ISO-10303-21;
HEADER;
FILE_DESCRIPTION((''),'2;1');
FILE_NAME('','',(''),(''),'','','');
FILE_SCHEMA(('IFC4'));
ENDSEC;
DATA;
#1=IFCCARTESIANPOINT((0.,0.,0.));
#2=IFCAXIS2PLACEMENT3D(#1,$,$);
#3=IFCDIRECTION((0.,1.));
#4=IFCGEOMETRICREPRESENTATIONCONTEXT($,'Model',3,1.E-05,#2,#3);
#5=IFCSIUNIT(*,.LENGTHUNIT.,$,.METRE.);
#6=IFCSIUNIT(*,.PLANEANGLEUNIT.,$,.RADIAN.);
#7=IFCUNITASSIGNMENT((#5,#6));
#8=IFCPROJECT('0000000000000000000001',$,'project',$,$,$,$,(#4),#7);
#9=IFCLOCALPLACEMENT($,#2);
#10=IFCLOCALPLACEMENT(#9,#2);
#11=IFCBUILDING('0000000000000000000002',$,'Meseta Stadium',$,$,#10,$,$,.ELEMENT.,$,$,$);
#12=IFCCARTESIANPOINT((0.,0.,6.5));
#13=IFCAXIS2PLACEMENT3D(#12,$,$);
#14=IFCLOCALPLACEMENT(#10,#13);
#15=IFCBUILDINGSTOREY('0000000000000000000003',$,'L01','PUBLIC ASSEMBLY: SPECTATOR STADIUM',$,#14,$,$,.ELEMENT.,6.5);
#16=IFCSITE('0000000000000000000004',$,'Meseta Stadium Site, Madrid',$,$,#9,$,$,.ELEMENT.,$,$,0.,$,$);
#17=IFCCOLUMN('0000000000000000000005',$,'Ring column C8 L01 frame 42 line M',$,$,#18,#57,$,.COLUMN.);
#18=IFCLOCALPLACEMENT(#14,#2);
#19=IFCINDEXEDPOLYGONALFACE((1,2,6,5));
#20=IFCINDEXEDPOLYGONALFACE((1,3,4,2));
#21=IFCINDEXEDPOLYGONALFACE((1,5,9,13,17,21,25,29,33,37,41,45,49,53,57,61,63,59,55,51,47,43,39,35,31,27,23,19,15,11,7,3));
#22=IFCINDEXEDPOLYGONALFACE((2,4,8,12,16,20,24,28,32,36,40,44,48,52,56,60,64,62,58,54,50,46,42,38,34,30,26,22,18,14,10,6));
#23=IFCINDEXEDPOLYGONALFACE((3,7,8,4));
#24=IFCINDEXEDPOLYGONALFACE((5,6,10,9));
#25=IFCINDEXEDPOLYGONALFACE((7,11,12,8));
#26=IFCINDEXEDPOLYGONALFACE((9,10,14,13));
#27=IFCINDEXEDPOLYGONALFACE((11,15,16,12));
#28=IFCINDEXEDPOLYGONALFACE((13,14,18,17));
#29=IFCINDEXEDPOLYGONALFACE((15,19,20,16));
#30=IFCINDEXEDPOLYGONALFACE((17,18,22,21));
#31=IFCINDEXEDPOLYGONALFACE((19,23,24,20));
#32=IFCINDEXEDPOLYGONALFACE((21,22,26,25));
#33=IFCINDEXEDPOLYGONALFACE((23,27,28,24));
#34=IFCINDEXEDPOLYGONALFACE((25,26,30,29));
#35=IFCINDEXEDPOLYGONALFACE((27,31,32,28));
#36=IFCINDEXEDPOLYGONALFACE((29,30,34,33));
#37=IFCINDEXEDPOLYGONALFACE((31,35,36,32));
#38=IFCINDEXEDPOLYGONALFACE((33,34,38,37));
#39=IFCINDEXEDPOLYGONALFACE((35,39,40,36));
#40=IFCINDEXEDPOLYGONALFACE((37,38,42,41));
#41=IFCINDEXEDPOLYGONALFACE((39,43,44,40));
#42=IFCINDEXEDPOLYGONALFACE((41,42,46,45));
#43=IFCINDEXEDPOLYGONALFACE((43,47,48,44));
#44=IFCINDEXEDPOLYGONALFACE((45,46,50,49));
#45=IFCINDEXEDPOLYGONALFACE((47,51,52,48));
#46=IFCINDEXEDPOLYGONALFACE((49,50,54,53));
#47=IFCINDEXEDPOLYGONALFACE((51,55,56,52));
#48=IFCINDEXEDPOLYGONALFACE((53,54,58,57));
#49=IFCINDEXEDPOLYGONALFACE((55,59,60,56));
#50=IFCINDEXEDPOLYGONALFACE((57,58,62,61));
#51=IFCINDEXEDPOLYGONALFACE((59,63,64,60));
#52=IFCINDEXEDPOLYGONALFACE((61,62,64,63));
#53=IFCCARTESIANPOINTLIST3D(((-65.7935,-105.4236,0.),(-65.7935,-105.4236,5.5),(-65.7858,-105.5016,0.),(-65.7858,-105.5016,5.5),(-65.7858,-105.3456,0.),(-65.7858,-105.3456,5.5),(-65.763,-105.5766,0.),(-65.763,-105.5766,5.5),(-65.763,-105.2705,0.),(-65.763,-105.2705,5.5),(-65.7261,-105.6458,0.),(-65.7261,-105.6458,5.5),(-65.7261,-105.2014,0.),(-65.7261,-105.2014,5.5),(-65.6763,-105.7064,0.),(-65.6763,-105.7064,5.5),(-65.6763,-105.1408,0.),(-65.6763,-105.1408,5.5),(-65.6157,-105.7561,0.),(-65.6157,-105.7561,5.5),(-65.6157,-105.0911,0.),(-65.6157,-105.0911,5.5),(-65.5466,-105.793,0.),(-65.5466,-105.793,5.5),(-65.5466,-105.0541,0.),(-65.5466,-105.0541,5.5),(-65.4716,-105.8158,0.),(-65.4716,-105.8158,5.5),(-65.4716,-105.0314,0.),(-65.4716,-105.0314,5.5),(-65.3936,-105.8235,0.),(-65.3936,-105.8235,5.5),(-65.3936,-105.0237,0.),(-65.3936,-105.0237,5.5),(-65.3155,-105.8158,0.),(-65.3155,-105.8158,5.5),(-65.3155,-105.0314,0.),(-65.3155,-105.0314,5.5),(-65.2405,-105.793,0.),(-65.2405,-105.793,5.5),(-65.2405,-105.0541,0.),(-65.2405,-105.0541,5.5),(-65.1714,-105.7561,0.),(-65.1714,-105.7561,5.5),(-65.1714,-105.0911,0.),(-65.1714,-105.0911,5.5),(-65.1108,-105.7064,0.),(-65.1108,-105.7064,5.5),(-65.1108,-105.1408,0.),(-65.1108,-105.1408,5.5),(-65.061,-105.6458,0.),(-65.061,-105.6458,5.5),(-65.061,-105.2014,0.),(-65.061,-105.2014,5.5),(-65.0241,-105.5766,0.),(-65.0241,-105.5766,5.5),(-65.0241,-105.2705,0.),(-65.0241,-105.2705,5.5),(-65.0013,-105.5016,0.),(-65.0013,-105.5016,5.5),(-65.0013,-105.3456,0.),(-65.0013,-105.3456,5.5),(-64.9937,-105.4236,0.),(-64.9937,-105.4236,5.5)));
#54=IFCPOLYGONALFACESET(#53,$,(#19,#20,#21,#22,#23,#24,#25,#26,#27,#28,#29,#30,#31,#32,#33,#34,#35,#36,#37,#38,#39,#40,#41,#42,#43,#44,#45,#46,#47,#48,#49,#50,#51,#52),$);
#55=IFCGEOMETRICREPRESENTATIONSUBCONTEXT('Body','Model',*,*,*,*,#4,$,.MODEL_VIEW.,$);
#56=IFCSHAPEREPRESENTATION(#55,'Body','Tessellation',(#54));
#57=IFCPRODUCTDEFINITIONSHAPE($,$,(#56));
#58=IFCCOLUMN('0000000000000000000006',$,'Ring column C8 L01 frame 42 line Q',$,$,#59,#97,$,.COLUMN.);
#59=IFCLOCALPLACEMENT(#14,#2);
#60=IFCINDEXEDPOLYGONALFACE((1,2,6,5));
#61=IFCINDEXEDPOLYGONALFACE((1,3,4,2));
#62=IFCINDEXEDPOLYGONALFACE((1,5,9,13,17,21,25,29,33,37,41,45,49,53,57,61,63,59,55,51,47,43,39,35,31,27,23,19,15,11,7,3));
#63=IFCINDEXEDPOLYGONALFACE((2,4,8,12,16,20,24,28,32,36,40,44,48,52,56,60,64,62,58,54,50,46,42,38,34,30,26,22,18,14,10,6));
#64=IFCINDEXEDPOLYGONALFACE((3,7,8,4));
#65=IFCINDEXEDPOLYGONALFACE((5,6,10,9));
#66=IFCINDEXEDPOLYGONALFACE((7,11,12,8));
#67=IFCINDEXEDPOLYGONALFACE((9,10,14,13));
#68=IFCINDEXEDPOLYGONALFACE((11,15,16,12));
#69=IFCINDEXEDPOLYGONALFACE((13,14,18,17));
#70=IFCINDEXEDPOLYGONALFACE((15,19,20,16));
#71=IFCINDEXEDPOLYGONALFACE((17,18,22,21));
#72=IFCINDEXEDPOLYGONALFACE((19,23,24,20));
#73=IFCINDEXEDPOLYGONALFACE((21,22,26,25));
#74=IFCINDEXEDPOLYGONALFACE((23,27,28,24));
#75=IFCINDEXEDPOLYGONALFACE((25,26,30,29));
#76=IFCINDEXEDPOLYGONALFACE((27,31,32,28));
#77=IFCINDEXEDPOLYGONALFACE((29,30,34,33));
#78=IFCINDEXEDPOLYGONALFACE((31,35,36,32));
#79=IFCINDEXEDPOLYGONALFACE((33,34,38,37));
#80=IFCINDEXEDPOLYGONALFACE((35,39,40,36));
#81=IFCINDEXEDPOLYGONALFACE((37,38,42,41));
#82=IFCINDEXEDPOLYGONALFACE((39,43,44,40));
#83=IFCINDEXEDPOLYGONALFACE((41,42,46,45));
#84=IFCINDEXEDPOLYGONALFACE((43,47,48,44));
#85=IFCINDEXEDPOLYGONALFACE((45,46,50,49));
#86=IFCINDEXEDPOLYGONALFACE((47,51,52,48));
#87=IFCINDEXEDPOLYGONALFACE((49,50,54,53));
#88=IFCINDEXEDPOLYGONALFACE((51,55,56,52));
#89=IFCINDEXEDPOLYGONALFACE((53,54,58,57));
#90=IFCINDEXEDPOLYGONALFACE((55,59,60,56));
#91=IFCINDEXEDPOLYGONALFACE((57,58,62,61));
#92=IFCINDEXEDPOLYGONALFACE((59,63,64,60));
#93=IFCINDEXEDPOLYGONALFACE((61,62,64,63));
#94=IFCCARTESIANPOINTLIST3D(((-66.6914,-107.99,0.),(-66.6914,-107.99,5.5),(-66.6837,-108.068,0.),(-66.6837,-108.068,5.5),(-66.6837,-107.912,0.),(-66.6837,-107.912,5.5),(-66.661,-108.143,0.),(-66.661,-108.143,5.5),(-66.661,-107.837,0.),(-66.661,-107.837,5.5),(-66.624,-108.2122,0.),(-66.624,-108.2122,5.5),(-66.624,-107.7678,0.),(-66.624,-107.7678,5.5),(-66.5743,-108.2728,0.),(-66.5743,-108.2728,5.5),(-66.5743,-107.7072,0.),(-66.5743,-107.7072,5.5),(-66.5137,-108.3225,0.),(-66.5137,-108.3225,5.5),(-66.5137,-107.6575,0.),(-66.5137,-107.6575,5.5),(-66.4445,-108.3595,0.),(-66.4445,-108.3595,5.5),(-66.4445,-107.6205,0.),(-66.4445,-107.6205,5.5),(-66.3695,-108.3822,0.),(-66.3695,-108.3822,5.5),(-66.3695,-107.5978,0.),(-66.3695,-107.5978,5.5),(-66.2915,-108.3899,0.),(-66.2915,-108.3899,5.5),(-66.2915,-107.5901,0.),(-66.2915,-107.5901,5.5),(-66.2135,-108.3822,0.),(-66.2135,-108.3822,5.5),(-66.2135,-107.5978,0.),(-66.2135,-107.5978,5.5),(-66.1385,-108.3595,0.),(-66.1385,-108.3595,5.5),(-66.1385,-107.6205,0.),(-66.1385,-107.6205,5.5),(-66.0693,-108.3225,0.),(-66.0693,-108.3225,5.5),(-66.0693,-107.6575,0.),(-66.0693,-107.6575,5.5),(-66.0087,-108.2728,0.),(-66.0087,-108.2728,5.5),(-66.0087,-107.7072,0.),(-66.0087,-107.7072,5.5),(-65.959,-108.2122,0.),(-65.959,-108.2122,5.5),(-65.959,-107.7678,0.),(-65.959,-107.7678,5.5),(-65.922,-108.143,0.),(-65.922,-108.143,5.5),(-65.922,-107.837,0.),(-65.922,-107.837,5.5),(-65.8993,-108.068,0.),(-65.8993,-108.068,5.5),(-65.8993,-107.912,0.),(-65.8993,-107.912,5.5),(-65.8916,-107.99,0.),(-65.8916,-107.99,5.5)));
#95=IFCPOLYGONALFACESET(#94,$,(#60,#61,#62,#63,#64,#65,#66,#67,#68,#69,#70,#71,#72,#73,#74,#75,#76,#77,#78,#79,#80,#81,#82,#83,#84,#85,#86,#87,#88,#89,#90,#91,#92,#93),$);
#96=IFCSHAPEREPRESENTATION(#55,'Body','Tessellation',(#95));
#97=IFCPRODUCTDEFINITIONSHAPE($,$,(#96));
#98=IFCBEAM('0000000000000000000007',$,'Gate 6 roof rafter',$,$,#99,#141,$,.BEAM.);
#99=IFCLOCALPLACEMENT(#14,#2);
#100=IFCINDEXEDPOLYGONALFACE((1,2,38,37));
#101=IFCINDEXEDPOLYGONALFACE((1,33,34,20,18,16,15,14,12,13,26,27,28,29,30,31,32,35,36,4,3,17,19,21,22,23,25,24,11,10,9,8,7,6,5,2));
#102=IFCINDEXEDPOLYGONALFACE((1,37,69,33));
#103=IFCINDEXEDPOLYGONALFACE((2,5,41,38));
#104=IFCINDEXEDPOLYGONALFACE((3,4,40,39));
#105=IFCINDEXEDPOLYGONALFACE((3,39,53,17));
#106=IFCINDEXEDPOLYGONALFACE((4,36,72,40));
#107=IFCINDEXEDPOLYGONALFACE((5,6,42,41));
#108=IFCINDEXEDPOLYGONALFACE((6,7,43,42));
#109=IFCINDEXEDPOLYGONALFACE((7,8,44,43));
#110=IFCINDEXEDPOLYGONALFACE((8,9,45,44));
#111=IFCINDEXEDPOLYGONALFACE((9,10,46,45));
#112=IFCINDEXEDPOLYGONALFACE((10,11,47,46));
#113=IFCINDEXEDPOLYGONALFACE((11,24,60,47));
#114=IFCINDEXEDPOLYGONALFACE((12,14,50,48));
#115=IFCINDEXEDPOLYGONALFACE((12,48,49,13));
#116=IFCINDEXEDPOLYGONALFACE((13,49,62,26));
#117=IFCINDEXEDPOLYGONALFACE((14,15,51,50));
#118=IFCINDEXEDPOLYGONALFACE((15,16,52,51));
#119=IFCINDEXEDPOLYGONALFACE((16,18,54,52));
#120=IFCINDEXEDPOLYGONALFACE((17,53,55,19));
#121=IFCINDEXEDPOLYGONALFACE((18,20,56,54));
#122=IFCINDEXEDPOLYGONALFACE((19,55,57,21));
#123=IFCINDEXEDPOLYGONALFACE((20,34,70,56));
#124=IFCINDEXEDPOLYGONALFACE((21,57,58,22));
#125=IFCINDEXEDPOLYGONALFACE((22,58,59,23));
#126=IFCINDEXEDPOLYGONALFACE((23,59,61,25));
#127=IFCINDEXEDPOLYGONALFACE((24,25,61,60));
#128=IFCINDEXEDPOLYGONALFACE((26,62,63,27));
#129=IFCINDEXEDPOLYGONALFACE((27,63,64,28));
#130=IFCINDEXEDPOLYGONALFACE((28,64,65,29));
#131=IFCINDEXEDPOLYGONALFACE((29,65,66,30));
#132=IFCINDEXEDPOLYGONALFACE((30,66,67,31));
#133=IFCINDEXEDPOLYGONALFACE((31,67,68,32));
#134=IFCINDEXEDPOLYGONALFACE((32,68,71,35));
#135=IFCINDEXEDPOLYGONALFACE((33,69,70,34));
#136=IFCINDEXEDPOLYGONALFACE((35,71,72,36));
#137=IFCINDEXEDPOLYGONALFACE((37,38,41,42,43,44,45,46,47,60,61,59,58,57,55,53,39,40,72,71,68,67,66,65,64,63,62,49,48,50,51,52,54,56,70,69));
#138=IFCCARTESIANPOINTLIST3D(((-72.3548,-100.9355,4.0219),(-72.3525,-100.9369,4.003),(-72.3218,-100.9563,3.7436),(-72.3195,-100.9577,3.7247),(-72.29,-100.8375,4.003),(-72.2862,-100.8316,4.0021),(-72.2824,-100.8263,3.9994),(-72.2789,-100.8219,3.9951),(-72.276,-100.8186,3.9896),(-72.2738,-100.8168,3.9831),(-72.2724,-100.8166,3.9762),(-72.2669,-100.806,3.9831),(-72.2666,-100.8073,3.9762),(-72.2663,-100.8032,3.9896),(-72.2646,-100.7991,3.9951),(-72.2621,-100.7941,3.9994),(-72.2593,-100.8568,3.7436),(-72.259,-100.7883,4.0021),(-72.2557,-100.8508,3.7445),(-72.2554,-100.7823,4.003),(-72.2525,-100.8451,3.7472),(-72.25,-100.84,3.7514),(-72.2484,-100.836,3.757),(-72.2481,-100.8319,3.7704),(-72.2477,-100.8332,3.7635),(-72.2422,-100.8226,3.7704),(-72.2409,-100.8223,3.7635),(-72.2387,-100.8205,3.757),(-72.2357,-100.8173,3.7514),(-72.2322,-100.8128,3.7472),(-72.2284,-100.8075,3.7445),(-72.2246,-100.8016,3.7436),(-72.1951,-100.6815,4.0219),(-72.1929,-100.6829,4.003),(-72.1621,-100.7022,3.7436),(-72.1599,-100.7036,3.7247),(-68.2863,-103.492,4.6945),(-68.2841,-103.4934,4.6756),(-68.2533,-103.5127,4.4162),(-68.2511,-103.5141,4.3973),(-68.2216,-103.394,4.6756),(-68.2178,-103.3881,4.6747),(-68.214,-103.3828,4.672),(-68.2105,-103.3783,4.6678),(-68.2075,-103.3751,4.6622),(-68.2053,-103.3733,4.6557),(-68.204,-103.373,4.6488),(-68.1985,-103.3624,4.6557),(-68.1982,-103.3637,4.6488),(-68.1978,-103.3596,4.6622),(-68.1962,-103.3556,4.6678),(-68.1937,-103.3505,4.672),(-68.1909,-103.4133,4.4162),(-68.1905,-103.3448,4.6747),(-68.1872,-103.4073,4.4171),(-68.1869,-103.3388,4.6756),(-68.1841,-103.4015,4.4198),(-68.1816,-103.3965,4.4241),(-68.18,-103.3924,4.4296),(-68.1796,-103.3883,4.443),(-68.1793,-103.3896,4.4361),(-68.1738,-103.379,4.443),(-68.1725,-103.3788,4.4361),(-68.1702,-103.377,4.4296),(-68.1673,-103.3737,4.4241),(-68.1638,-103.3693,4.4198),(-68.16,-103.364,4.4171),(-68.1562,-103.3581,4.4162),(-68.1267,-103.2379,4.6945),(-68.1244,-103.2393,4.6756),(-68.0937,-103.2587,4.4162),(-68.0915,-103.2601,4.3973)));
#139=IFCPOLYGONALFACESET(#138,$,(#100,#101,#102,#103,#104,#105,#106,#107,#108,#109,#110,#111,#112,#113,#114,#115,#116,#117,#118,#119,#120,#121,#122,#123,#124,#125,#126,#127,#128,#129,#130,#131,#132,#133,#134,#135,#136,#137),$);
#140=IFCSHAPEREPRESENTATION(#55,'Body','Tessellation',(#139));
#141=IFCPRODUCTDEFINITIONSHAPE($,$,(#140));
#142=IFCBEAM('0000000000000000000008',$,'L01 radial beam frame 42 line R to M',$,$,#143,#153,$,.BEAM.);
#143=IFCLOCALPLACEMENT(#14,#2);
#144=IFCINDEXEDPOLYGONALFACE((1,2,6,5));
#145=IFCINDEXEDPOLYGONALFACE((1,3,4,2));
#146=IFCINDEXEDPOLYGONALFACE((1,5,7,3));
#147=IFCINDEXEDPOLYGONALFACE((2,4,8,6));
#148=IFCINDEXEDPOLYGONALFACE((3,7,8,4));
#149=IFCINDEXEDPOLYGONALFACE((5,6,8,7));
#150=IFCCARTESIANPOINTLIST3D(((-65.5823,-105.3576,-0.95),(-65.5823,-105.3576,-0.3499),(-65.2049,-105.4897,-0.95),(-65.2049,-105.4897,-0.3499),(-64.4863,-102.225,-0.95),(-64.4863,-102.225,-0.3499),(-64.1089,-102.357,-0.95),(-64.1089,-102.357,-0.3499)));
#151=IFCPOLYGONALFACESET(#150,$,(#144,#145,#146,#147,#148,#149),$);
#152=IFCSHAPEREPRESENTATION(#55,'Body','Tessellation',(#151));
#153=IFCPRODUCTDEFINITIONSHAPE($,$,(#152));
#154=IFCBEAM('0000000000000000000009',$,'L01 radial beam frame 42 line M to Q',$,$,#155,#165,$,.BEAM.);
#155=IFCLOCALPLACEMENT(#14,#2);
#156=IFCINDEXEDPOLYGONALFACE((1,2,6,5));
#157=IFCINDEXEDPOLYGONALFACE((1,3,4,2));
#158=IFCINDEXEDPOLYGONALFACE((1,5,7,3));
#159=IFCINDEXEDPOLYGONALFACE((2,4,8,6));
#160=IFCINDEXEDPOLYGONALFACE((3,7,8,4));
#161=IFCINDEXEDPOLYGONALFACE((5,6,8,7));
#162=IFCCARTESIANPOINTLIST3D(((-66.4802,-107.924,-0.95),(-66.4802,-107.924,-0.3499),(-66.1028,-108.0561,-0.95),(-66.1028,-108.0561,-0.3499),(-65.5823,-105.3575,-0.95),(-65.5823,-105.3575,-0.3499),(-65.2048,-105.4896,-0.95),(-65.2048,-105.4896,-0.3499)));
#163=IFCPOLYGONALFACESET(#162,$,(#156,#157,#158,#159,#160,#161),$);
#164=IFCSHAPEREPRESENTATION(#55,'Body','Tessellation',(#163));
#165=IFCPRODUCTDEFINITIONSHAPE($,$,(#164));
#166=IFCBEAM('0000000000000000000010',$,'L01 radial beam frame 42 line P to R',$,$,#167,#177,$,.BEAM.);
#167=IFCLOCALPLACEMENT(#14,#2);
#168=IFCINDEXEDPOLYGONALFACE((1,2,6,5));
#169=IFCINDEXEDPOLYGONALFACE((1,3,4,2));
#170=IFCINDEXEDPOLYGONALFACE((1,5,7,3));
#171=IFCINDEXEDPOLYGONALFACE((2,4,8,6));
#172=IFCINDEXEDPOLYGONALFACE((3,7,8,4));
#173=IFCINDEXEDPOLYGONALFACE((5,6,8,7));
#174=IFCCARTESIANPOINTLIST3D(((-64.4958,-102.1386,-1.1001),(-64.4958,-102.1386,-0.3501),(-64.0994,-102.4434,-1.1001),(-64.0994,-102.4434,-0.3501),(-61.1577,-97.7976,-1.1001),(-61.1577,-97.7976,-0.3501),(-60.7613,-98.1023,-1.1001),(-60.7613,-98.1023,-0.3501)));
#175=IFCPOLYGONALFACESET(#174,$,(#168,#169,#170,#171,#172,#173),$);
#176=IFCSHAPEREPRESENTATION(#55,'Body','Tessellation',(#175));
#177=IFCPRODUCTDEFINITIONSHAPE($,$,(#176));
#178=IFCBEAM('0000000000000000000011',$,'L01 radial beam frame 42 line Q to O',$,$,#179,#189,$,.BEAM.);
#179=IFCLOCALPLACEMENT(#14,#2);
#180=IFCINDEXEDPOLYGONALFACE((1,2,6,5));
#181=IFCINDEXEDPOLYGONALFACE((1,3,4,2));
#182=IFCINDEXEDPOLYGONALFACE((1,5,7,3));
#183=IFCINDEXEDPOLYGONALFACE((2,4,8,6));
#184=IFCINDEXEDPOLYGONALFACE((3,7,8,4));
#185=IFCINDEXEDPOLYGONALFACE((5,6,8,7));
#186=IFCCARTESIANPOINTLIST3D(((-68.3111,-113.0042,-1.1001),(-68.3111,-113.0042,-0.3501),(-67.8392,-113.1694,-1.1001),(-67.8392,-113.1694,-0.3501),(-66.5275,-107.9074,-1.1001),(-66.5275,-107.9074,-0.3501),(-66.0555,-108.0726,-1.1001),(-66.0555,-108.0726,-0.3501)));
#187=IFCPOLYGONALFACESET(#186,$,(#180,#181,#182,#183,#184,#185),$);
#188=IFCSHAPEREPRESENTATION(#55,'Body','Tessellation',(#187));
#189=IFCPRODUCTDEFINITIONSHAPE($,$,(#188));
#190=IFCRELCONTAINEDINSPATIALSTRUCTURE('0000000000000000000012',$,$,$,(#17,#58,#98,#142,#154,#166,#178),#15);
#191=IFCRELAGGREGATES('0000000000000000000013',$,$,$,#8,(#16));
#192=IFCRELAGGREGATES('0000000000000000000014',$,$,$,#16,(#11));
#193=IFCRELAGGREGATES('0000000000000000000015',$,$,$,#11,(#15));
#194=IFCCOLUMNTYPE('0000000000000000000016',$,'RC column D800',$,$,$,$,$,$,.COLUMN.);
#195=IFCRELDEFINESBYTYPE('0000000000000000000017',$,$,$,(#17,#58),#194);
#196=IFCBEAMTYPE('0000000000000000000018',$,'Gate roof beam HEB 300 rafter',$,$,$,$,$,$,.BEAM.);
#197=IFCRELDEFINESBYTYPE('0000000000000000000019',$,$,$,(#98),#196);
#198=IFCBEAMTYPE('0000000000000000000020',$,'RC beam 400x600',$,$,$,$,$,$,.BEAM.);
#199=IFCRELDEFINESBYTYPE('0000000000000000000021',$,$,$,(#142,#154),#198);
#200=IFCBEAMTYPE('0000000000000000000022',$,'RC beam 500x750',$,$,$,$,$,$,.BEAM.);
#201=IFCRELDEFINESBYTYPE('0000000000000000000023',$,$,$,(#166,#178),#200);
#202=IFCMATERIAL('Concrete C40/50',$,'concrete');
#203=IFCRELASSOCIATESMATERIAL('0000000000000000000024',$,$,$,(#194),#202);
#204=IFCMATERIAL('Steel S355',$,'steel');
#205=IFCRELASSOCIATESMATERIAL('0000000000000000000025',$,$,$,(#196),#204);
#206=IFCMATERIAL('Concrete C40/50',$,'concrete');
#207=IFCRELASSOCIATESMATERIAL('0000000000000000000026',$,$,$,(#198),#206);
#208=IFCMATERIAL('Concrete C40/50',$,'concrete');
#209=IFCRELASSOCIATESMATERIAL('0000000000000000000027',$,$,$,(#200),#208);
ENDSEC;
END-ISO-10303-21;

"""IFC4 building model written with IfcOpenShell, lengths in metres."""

from ifc_helpers import new_model, si_unit, direction, frame, origin, origin_2d, place, context, subcontext, project, spatial, rectangle, circle, i_section, extrude, material, material_profile, profile_set, type_object, element, save


model = new_model("IFC4")

# Units and contexts
model_context = context("Model", 3, precision=1e-05, world=origin(), true_north=direction((0.0, 1.0)))
body_context = subcontext(model_context, "Body", "Model", "MODEL_VIEW")
ifc_project = project(units=[si_unit("LENGTHUNIT", "METRE"), si_unit("PLANEANGLEUNIT", "RADIAN")], contexts=[model_context])

# Site, building, storey
site_placement = place(None, origin())
site = spatial("IfcSite", under=ifc_project, at=site_placement, Name="Meseta Stadium Site, Madrid", CompositionType="ELEMENT", RefElevation=0.0)
building_placement = place(site_placement, origin())
building = spatial("IfcBuilding", under=site, at=building_placement, Name="Meseta Stadium", CompositionType="ELEMENT")
storey_placement = place(building_placement, frame((0.0, 0.0, 6.5)))
storey = spatial("IfcBuildingStorey", under=building, at=storey_placement, Name="L01", Description="PUBLIC ASSEMBLY: SPECTATOR STADIUM", CompositionType="ELEMENT", Elevation=6.5)

# Columns
ifc_material_1 = material(Name="Concrete C40/50", Category="concrete")
ifc_material_profile_1 = material_profile(ifc_material_1, circle(Radius=0.3999, at=origin_2d()), Name="RC D800")
ifc_profile_set_1 = profile_set([ifc_material_profile_1], Name="Concrete C40/50")
column_type_1 = type_object("IfcColumnType", Name="RC column D800", PredefinedType="COLUMN", material=ifc_profile_set_1)
for number, where, z_axis, x_axis, name in (
    (1, (-65.3936, -105.4236, 0.0), (0.0, 0.0, 1.0), (1.0, 0.0, 0.0), "Ring column C8 L01 frame 42 line M"),
    (2, (-66.2915, -107.99, 0.0), (0.0, 0.0, 1.0), (1.0, 0.0, 0.0), "Ring column C8 L01 frame 42 line Q"),
):
    element("IfcColumn", number, at=place(storey_placement, frame(where, z_axis=z_axis, x_axis=x_axis)), inside=storey, type_object=column_type_1, Name=name, PredefinedType="COLUMN", context=body_context, shape_type="SweptSolid", body=[
        extrude(circle(Radius=0.3999, at=origin_2d()), origin(), (0.0, 0.0, 1.0), 5.5),
    ])

# Beams
ifc_material_2 = material(Name="Steel S355", Category="steel")
ifc_material_profile_2 = material_profile(ifc_material_2, i_section(OverallWidth=0.3, OverallDepth=0.3, WebThickness=0.011, FlangeThickness=0.019, FilletRadius=0.0271, at=origin_2d()), Name="HEB 300")
ifc_profile_set_2 = profile_set([ifc_material_profile_2], Name="Steel S355")
beam_type_1 = type_object("IfcBeamType", Name="Gate roof beam HEB 300 rafter", PredefinedType="BEAM", material=ifc_profile_set_2)
beam_1_placement = place(storey_placement, frame((-72.2573, -100.8196, 3.8733), z_axis=(0.838541, -0.526906, 0.138633), x_axis=(0.532044, 0.846717, 0.0)))
element("IfcBeam", 3, at=beam_1_placement, inside=storey, type_object=beam_type_1, Name="Gate 6 roof rafter", PredefinedType="BEAM", context=body_context, shape_type="SweptSolid", body=[
    extrude(i_section(OverallWidth=0.3, OverallDepth=0.3, WebThickness=0.011, FlangeThickness=0.019, FilletRadius=0.0271, at=origin_2d()), origin(), (0.0, 0.0, 1.0), 4.8518),
])
ifc_material_3 = material(Name="Concrete C40/50", Category="concrete")
ifc_material_profile_3 = material_profile(ifc_material_3, rectangle(XDim=0.3999, YDim=0.6001, at=origin_2d()), Name="RC 400x600")
ifc_profile_set_3 = profile_set([ifc_material_profile_3], Name="Concrete C40/50")
beam_type_2 = type_object("IfcBeamType", Name="RC beam 400x600", PredefinedType="BEAM", material=ifc_profile_set_3)
beam_2_placement = place(storey_placement, frame((-64.2976, -102.291, -0.6499), z_axis=(-0.330229, -0.943901, 0.0), x_axis=(0.943901, -0.330229, 0.0)))
element("IfcBeam", 4, at=beam_2_placement, inside=storey, type_object=beam_type_2, Name="L01 radial beam frame 42 line R to M", PredefinedType="BEAM", context=body_context, shape_type="SweptSolid", body=[
    extrude(rectangle(XDim=0.3999, YDim=0.6001, at=origin_2d()), origin(), (0.0, 0.0, 1.0), 3.3188),
])
beam_3_placement = place(storey_placement, frame((-65.3936, -105.4236, -0.6499), z_axis=(-0.330254, -0.943892, 0.0), x_axis=(0.943892, -0.330254, 0.0)))
element("IfcBeam", 5, at=beam_3_placement, inside=storey, type_object=beam_type_2, Name="L01 radial beam frame 42 line M to Q", PredefinedType="BEAM", context=body_context, shape_type="SweptSolid", body=[
    extrude(rectangle(XDim=0.3999, YDim=0.6001, at=origin_2d()), origin(), (0.0, 0.0, 1.0), 2.719),
])
ifc_material_4 = material(Name="Concrete C40/50", Category="concrete")
ifc_material_profile_4 = material_profile(ifc_material_4, rectangle(XDim=0.5, YDim=0.75, at=origin_2d()), Name="RC 500x750")
ifc_profile_set_4 = profile_set([ifc_material_profile_4], Name="Concrete C40/50")
beam_type_3 = type_object("IfcBeamType", Name="RC beam 500x750", PredefinedType="BEAM", material=ifc_profile_set_4)
beam_4_placement = place(storey_placement, frame((-60.9595, -97.95, -0.7251), z_axis=(-0.609579, -0.792725, 0.0), x_axis=(0.792725, -0.609579, 0.0)))
element("IfcBeam", 6, at=beam_4_placement, inside=storey, type_object=beam_type_3, Name="L01 radial beam frame 42 line P to R", PredefinedType="BEAM", context=body_context, shape_type="SweptSolid", body=[
    extrude(rectangle(XDim=0.5, YDim=0.75, at=origin_2d()), origin(), (0.0, 0.0, 1.0), 5.4761),
])
beam_5_placement = place(storey_placement, frame((-66.2915, -107.99, -0.7251), z_axis=(-0.330312, -0.943872, 0.0), x_axis=(0.943872, -0.330312, 0.0)))
element("IfcBeam", 7, at=beam_5_placement, inside=storey, type_object=beam_type_3, Name="L01 radial beam frame 42 line Q to O", PredefinedType="BEAM", context=body_context, shape_type="SweptSolid", body=[
    extrude(rectangle(XDim=0.5, YDim=0.75, at=origin_2d()), origin(), (0.0, 0.0, 1.0), 5.3999),
])

save(model, "model.ifc")
